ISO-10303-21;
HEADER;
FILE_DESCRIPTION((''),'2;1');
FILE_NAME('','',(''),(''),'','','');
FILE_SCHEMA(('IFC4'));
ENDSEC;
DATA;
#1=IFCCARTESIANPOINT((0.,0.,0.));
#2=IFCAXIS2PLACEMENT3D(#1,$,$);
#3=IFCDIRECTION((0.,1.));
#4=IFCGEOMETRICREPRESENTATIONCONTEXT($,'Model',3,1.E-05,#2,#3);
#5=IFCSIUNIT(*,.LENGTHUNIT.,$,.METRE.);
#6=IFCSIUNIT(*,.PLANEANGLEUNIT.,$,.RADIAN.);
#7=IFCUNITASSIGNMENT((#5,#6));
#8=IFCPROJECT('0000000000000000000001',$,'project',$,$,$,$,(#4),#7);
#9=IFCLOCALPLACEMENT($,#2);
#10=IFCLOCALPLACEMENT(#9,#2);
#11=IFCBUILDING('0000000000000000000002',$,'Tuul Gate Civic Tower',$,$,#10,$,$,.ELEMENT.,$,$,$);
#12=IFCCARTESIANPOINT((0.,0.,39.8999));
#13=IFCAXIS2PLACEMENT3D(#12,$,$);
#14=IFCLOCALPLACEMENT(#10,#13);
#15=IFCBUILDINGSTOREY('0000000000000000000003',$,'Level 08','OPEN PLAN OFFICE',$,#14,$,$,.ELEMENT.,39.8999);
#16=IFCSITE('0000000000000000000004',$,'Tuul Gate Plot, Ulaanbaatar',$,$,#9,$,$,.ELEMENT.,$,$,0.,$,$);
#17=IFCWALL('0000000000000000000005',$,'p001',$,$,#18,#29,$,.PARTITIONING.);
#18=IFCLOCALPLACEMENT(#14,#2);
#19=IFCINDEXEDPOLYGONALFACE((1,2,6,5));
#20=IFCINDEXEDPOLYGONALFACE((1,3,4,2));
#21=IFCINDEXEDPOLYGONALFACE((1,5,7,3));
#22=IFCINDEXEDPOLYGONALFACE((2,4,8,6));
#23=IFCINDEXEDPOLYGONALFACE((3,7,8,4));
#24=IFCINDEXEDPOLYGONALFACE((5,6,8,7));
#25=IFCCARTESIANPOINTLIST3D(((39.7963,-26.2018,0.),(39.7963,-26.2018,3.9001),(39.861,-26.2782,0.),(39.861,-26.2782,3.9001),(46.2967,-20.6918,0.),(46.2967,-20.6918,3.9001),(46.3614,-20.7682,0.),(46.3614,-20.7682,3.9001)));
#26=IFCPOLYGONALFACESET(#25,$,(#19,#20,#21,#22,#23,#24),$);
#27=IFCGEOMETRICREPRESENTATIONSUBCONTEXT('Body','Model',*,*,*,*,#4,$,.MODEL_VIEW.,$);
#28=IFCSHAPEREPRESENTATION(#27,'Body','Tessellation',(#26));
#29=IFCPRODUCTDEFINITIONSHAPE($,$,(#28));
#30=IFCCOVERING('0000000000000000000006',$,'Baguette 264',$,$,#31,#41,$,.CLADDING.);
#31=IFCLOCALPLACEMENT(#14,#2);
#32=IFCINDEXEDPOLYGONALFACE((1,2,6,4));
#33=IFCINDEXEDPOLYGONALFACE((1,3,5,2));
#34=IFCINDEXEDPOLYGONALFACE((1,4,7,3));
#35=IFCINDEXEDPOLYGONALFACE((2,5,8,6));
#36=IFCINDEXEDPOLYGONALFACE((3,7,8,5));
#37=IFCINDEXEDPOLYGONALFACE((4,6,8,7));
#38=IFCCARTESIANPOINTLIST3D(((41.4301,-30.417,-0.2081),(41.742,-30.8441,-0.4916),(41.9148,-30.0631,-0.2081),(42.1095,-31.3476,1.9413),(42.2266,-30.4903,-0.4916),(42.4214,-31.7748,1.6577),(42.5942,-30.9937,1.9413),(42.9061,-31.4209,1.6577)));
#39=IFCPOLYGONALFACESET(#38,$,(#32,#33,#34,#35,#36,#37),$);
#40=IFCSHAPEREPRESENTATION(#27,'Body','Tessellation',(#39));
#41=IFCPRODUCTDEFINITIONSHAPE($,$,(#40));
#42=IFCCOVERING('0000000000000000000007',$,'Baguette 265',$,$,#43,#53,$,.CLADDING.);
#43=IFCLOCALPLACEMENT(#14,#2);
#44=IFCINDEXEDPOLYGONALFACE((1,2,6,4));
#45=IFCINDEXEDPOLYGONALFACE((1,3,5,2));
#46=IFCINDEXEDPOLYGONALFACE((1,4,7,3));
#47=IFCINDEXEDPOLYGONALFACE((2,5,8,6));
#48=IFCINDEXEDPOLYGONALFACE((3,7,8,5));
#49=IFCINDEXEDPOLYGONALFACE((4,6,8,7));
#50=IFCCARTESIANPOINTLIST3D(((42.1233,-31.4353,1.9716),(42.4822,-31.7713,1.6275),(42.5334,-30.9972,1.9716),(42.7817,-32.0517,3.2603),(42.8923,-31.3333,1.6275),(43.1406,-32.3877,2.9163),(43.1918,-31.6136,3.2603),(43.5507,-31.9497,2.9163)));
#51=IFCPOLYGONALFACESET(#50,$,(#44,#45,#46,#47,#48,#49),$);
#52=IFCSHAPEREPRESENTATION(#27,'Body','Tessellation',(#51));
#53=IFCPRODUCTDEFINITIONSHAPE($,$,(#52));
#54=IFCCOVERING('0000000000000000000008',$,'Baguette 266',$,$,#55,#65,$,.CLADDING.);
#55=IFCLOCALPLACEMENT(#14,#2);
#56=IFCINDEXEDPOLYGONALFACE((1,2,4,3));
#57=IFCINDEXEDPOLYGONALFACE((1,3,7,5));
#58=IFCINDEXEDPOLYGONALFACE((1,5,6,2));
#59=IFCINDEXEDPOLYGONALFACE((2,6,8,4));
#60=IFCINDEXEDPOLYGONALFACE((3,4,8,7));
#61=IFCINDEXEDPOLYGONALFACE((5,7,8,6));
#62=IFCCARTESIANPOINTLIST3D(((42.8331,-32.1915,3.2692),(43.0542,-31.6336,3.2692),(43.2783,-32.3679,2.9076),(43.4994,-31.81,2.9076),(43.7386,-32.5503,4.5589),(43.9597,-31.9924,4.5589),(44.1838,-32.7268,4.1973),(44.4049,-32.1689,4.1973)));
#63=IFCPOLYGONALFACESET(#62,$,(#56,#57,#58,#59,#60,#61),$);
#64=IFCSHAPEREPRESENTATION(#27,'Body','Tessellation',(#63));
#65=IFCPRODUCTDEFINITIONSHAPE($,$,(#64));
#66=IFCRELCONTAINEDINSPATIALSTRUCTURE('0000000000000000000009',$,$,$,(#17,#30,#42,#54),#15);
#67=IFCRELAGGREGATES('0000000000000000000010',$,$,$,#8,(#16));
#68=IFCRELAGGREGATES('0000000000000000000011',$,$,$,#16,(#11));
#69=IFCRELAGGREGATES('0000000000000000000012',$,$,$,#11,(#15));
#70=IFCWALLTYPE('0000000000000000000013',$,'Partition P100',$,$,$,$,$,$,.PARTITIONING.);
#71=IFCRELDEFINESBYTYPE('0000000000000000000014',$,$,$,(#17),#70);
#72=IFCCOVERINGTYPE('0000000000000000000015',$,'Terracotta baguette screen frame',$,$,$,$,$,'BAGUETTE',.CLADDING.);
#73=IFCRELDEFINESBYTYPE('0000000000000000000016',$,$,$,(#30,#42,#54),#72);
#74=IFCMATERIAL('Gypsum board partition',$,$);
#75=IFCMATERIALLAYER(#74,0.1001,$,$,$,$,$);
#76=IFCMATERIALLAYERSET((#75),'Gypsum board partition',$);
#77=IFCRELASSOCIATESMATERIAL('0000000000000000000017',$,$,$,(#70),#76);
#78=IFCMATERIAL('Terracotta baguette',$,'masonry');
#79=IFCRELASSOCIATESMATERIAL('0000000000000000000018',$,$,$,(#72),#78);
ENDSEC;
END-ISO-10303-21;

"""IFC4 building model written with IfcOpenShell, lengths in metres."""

from ifc_helpers import new_model, si_unit, direction, frame, frame_2d, origin, origin_2d, place, context, subcontext, project, spatial, rectangle, extrude, material, layer, layer_set, material_profile, profile_set, type_object, element, save


model = new_model("IFC4")

# Units and contexts
model_context = context("Model", 3, precision=1e-05, world=origin(), true_north=direction((0.0, 1.0)))
body_context = subcontext(model_context, "Body", "Model", "MODEL_VIEW")
ifc_project = project(units=[si_unit("LENGTHUNIT", "METRE"), si_unit("PLANEANGLEUNIT", "RADIAN")], contexts=[model_context])

# Site, building, storey
site_placement = place(None, origin())
site = spatial("IfcSite", under=ifc_project, at=site_placement, Name="Tuul Gate Plot, Ulaanbaatar", CompositionType="ELEMENT", RefElevation=0.0)
building_placement = place(site_placement, origin())
building = spatial("IfcBuilding", under=site, at=building_placement, Name="Tuul Gate Civic Tower", CompositionType="ELEMENT")
storey_placement = place(building_placement, frame((0.0, 0.0, 39.8999)))
storey = spatial("IfcBuildingStorey", under=building, at=storey_placement, Name="Level 08", Description="OPEN PLAN OFFICE", CompositionType="ELEMENT", Elevation=39.8999)

# Wall
ifc_material_1 = material(Name="Gypsum board partition")
ifc_layer_1 = layer(ifc_material_1, 0.1001)
ifc_layer_set_1 = layer_set([ifc_layer_1], Name="Gypsum board partition")
wall_type_1 = type_object("IfcWallType", Name="Partition P100", PredefinedType="PARTITIONING", material=ifc_layer_set_1)
wall_1_placement = place(storey_placement, frame((39.8286, -26.24, 0.0), z_axis=(0.0, 0.0, 1.0), x_axis=(0.762831, 0.646598, 0.0)))
element("IfcWall", 1, at=wall_1_placement, inside=storey, type_object=wall_type_1, Name="p001", PredefinedType="PARTITIONING", context=body_context, shape_type="SweptSolid", body=[
    extrude(rectangle(XDim=8.5215, YDim=0.1001, at=frame_2d((4.2607, 0.0))), origin(), (0.0, 0.0, 1.0), 3.9001),
])

# Coverings
ifc_material_2 = material(Name="Terracotta baguette", Category="masonry")
ifc_material_profile_1 = material_profile(ifc_material_2, rectangle(XDim=0.6001, YDim=0.6001, at=origin_2d()), Name="Terracotta baguette screen frame")
ifc_profile_set_1 = profile_set([ifc_material_profile_1], Name="Terracotta baguette")
covering_type = type_object("IfcCoveringType", Name="Terracotta baguette screen frame", ElementType="BAGUETTE", PredefinedType="CLADDING", material=ifc_profile_set_1)
covering_1_placement = place(storey_placement, frame((41.8284, -30.4536, -0.3499), z_axis=(0.278597, -0.381607, 0.88134), x_axis=(0.807663, 0.589645, 0.0)))
element("IfcCovering", 2, at=covering_1_placement, inside=storey, type_object=covering_type, Name="Baguette 264", PredefinedType="CLADDING", context=body_context, shape_type="SweptSolid", body=[
    extrude(rectangle(XDim=0.6001, YDim=0.6001, at=origin_2d()), origin(), (0.0, 0.0, 1.0), 2.4387),
])
covering_2_placement = place(storey_placement, frame((42.5078, -31.3843, 1.7996), z_axis=(0.418568, -0.391874, 0.819289), x_axis=(0.683446, 0.730001, 0.0)))
element("IfcCovering", 3, at=covering_2_placement, inside=storey, type_object=covering_type, Name="Baguette 265", PredefinedType="CLADDING", context=body_context, shape_type="SweptSolid", body=[
    extrude(rectangle(XDim=0.6001, YDim=0.6001, at=origin_2d()), origin(), (0.0, 0.0, 1.0), 1.573),
])
covering_3_placement = place(storey_placement, frame((43.1663, -32.0007, 3.0884), z_axis=(0.560251, -0.222046, 0.798006), x_axis=(0.36845, 0.929647, 0.0)))
element("IfcCovering", 4, at=covering_3_placement, inside=storey, type_object=covering_type, Name="Baguette 266", PredefinedType="CLADDING", context=body_context, shape_type="SweptSolid", body=[
    extrude(rectangle(XDim=0.6001, YDim=0.6001, at=origin_2d()), origin(), (0.0, 0.0, 1.0), 1.6162),
])

save(model, "model.ifc")
